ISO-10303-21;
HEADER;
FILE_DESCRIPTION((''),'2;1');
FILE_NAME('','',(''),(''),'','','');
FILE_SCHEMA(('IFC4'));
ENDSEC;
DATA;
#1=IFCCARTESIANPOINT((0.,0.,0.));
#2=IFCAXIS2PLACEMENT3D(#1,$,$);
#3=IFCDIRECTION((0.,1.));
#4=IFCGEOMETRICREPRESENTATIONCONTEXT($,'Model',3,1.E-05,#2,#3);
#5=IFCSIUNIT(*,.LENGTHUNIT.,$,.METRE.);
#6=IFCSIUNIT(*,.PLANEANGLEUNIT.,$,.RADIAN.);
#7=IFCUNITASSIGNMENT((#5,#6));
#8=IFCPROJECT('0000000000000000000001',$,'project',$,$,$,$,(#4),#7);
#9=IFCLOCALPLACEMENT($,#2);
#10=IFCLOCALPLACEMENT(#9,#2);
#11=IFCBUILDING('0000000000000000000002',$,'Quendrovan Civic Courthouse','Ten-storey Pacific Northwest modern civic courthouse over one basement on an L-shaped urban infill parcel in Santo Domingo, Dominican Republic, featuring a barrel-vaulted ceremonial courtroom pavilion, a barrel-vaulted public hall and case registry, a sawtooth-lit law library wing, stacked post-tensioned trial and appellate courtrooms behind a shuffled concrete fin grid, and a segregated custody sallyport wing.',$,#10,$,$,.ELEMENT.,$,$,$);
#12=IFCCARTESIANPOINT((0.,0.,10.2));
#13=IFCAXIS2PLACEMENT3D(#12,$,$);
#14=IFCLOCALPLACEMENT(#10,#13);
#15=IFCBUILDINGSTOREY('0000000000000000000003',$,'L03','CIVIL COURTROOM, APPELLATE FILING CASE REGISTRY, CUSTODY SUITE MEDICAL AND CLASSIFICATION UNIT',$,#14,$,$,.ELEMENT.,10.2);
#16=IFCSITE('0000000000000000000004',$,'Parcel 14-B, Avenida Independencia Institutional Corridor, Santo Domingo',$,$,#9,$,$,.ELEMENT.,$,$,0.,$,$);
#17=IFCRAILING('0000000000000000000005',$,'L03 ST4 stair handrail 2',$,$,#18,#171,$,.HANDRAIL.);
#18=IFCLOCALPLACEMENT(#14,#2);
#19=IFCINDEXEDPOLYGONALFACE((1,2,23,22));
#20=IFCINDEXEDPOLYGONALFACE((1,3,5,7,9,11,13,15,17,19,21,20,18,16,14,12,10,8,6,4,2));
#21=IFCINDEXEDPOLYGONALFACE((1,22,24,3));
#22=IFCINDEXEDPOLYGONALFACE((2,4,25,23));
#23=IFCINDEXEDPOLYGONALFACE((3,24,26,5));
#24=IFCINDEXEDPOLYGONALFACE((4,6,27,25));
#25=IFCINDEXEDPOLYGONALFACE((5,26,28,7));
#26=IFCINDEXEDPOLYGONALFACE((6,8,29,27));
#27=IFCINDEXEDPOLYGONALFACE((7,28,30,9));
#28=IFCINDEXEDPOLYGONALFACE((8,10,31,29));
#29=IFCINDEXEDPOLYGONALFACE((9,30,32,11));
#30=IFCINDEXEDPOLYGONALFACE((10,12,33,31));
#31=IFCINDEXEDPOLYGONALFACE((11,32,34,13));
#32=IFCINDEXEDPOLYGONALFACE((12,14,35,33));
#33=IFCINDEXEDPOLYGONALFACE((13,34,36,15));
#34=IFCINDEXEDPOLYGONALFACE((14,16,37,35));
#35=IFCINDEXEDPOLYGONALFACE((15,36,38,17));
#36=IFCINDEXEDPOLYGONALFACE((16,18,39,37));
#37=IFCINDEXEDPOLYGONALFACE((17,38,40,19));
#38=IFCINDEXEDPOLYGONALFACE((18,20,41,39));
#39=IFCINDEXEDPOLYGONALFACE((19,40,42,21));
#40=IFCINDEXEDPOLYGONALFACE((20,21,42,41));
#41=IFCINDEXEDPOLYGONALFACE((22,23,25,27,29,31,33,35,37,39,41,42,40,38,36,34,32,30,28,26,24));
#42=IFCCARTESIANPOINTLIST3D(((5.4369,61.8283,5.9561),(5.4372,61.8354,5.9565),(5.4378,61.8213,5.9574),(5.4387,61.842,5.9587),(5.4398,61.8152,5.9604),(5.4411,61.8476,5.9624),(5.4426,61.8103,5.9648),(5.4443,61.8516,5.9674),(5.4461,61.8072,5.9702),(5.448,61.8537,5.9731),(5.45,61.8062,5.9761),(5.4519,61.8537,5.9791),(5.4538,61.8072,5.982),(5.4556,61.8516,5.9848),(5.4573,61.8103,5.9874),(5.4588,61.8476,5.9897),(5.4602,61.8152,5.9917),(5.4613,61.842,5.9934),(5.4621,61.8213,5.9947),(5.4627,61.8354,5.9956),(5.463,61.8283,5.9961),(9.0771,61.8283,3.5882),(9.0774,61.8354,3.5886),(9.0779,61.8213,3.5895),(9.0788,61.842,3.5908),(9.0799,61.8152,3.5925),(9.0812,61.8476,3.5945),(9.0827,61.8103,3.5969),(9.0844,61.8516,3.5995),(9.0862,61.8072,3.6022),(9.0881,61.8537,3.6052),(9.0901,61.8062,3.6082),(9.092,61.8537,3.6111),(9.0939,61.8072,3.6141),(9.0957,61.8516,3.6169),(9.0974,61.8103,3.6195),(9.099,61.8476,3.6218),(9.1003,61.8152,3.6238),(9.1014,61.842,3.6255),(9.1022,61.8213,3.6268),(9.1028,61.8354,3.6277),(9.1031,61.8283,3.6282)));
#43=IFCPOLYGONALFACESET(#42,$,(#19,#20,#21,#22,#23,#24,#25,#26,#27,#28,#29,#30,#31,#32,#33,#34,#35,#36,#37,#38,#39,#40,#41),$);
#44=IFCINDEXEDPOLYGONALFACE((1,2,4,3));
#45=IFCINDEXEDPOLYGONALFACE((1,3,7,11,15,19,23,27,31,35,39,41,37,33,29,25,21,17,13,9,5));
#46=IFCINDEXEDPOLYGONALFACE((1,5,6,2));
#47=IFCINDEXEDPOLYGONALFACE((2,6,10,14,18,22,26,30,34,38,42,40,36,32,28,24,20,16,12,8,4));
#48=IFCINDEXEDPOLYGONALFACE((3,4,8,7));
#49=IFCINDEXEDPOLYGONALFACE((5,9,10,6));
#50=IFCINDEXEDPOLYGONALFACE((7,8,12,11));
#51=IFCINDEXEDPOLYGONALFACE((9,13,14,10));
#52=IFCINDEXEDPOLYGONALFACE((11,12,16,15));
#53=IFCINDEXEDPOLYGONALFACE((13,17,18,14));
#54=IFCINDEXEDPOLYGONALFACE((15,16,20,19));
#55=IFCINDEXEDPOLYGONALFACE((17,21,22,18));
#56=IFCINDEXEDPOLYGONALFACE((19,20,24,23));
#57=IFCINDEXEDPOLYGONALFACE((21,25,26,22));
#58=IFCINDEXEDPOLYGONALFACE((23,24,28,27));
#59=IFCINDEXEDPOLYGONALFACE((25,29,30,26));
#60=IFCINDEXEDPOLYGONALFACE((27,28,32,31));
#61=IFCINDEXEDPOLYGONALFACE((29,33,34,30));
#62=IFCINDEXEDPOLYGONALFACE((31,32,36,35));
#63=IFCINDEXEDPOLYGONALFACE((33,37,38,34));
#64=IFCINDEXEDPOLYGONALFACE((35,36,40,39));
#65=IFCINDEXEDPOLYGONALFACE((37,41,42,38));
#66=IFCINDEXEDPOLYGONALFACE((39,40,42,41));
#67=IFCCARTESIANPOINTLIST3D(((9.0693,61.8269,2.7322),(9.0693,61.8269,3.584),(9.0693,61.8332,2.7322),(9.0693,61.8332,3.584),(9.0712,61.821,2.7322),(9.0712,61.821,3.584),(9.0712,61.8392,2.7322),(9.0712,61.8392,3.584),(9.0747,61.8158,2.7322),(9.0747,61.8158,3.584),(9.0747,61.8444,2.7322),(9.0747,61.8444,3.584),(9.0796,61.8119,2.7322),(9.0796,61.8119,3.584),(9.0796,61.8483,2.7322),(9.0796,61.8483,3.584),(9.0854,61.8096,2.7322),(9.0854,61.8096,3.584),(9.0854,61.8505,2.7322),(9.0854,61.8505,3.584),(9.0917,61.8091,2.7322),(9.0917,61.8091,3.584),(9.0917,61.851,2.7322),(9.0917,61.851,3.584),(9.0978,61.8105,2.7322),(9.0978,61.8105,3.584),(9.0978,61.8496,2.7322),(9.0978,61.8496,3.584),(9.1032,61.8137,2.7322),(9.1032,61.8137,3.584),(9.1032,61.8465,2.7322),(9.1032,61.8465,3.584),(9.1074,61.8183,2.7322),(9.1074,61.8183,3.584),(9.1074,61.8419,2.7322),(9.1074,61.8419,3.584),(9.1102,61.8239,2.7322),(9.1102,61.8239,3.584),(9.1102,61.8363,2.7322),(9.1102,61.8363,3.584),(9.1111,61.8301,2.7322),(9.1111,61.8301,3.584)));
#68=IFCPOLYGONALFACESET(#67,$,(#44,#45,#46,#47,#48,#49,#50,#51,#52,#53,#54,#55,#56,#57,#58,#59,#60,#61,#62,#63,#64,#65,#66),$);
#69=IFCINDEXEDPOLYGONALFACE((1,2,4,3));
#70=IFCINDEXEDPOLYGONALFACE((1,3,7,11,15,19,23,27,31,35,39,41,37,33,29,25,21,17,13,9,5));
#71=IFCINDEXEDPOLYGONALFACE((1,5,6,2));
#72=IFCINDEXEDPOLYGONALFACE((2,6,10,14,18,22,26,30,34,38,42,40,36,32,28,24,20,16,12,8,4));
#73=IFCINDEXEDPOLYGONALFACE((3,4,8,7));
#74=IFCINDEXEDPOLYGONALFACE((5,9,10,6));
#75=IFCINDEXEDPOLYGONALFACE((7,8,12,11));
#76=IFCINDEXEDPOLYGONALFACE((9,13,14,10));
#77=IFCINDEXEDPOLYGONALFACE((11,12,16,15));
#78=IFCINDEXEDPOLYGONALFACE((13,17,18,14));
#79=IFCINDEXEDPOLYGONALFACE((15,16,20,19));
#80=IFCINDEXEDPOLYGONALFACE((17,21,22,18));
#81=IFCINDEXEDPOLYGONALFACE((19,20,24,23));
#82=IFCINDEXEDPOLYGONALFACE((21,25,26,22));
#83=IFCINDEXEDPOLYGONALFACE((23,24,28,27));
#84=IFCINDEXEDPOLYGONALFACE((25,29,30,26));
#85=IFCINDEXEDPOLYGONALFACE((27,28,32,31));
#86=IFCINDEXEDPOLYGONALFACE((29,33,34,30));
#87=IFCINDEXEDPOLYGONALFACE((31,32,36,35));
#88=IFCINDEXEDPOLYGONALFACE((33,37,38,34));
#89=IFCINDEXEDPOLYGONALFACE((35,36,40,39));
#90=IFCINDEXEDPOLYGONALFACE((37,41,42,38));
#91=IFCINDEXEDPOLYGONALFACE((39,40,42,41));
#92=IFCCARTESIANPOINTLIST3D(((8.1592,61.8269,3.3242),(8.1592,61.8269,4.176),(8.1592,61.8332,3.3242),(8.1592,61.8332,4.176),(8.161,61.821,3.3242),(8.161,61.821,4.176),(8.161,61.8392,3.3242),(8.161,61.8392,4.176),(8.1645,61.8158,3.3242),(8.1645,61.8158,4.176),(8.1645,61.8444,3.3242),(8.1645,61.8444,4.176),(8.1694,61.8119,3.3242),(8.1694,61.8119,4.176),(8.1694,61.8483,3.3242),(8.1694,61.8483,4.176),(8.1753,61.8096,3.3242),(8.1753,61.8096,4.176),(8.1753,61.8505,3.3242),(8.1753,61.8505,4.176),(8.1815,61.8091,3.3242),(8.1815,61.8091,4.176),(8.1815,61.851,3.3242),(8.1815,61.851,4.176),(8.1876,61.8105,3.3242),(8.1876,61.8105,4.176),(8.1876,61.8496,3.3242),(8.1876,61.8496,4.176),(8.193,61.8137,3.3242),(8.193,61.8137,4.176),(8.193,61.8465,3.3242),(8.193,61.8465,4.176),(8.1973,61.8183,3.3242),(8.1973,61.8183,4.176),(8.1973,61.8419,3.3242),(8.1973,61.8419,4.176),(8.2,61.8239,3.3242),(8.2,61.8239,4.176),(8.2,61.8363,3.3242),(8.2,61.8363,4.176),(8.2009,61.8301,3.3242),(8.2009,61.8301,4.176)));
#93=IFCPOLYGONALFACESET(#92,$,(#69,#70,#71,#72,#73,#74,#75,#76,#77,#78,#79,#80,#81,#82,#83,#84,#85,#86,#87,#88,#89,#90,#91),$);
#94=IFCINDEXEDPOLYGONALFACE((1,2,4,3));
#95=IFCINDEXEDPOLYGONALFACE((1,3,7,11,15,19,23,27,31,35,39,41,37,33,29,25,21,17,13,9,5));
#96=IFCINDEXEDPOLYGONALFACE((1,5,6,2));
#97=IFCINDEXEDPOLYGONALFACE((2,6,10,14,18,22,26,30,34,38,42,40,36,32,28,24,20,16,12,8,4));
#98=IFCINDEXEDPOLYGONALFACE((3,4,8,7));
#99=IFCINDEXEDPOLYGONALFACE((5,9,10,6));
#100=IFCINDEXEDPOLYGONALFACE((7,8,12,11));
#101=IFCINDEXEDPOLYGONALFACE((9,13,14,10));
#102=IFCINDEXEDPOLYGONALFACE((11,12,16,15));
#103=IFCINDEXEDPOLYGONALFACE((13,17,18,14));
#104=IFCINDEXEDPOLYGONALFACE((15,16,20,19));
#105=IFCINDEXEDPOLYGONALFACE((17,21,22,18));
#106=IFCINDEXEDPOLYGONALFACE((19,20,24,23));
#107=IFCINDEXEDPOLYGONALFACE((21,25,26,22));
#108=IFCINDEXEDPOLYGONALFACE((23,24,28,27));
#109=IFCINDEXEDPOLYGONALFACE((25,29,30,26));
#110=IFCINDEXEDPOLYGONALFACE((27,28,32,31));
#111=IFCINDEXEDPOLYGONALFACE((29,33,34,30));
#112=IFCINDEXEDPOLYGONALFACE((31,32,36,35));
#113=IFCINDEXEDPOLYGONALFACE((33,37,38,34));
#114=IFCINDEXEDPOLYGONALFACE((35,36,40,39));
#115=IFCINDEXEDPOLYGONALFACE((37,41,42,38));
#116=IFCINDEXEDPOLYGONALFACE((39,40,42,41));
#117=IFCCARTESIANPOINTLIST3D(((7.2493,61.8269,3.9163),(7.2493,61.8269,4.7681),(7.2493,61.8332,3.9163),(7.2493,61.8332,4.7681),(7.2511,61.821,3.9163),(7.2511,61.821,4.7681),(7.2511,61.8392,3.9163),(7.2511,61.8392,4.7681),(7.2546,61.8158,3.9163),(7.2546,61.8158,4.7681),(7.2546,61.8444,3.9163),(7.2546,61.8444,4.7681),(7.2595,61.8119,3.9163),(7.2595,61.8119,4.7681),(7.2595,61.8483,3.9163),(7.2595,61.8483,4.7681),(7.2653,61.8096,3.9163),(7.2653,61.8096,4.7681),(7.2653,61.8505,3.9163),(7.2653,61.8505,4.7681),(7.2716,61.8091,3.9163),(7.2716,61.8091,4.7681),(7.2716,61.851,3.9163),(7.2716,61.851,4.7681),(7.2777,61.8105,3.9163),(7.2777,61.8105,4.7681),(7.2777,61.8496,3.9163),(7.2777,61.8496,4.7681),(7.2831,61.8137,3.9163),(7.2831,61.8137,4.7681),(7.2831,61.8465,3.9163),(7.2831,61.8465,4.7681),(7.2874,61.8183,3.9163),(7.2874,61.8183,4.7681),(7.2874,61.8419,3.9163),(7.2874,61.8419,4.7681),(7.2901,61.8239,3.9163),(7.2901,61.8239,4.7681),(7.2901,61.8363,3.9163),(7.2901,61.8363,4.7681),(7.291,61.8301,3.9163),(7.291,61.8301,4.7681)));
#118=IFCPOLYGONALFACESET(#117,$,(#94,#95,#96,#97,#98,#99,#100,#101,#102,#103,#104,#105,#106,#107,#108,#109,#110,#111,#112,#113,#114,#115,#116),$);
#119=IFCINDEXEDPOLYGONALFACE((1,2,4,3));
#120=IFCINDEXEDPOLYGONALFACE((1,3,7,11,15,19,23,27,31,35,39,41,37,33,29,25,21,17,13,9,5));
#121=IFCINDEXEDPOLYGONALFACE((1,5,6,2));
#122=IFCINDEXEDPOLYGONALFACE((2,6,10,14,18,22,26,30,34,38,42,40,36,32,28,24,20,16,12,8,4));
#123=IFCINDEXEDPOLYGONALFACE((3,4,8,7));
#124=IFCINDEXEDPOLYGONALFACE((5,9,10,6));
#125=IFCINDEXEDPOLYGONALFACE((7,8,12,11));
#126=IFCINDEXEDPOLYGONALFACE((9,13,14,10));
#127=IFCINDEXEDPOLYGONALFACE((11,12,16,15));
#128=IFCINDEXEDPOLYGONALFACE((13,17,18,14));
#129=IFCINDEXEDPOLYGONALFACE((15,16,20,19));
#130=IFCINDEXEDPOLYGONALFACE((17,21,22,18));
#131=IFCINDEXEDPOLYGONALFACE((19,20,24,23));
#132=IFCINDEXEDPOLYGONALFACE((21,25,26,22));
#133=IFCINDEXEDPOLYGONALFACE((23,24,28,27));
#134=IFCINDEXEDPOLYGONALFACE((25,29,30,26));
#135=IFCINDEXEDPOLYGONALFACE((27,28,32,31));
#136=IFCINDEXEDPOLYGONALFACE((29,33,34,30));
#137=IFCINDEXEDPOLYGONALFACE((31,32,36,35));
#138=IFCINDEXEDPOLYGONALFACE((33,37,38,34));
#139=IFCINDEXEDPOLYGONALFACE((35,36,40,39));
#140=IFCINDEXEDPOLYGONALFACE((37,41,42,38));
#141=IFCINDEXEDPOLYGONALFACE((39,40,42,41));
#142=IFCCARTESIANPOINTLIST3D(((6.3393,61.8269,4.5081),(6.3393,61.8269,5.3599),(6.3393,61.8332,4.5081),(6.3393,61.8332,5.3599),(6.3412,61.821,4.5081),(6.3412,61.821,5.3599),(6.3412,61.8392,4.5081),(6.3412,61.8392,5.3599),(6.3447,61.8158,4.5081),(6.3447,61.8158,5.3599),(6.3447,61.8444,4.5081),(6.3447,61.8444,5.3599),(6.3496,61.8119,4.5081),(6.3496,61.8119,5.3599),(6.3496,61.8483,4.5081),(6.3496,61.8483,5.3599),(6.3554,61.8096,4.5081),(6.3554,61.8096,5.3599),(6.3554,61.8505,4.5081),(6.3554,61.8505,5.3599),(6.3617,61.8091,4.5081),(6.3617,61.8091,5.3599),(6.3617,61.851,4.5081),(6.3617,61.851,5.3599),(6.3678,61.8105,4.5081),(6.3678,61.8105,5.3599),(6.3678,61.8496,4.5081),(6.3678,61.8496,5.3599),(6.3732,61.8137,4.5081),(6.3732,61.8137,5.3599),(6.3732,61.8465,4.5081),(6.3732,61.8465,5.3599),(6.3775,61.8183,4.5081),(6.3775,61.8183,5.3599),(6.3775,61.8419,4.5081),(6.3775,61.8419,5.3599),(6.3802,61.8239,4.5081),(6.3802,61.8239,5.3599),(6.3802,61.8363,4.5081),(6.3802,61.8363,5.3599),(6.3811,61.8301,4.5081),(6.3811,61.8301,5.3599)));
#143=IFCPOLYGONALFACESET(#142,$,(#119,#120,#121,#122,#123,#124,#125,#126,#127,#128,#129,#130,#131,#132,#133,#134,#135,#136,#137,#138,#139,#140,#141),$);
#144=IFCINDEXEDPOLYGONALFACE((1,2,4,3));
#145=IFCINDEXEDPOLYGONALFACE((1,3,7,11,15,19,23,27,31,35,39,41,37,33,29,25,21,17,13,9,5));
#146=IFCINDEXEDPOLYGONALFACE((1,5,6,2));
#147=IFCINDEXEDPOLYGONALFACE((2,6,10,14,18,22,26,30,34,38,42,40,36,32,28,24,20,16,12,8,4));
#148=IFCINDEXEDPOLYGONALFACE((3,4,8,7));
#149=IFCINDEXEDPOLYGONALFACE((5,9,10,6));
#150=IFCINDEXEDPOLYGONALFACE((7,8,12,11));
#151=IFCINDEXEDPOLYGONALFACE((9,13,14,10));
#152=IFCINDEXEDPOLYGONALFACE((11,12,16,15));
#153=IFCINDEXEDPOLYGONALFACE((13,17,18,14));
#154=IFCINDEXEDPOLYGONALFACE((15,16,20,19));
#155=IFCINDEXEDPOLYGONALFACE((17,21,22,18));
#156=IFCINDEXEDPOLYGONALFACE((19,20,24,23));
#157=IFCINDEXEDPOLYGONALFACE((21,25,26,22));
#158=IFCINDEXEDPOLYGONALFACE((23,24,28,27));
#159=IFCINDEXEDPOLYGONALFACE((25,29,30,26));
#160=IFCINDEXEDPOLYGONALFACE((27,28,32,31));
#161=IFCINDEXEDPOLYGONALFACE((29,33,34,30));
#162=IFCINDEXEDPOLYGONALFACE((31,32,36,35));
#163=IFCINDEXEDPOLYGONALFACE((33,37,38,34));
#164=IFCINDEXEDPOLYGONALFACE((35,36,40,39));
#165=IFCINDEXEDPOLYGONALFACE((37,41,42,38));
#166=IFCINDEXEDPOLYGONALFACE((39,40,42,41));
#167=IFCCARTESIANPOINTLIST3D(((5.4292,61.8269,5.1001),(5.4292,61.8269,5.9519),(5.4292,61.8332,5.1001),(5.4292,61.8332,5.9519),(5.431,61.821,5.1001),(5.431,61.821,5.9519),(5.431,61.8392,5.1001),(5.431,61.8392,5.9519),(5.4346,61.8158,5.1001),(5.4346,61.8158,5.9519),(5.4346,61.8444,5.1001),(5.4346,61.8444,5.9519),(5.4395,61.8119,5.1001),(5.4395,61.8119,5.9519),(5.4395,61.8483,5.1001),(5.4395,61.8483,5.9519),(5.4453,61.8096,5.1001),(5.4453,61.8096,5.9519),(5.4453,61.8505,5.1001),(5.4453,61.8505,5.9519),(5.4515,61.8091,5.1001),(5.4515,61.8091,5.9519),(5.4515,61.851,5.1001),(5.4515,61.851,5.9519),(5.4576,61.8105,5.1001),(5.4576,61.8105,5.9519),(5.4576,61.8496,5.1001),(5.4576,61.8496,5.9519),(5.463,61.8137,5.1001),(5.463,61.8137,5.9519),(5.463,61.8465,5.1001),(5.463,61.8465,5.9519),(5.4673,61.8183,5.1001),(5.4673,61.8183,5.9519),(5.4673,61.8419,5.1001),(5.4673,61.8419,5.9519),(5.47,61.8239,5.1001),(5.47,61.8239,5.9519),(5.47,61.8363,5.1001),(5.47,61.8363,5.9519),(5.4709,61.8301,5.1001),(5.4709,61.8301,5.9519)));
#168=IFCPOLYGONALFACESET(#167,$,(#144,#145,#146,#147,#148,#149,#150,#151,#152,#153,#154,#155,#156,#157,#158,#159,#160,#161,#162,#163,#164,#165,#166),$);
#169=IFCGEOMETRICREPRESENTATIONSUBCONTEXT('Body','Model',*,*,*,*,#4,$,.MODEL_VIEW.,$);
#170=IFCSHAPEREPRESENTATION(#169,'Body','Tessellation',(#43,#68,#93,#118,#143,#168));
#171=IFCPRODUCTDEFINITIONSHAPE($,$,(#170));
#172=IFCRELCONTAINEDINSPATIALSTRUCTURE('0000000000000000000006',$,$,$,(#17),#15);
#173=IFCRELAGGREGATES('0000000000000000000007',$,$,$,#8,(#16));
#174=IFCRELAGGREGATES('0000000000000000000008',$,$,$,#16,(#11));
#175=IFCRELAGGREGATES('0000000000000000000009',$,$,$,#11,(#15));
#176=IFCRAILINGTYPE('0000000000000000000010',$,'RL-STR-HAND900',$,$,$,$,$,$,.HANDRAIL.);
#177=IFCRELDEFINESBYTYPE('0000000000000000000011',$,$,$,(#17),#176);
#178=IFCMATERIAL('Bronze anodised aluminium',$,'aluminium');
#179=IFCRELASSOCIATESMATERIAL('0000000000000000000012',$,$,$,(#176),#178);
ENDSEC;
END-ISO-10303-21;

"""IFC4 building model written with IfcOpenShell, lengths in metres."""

from ifc_helpers import new_model, si_unit, direction, frame, origin, origin_2d, place, context, subcontext, project, spatial, circle, extrude, material, type_object, element, save


model = new_model("IFC4")

# Units and contexts
model_context = context("Model", 3, precision=1e-05, world=origin(), true_north=direction((0.0, 1.0)))
body_context = subcontext(model_context, "Body", "Model", "MODEL_VIEW")
ifc_project = project(units=[si_unit("LENGTHUNIT", "METRE"), si_unit("PLANEANGLEUNIT", "RADIAN")], contexts=[model_context])

# Site, building, storey
site_placement = place(None, origin())
site = spatial("IfcSite", under=ifc_project, at=site_placement, Name="Parcel 14-B, Avenida Independencia Institutional Corridor, Santo Domingo", CompositionType="ELEMENT", RefElevation=0.0)
building_placement = place(site_placement, origin())
building = spatial("IfcBuilding", under=site, at=building_placement, Name="Quendrovan Civic Courthouse", Description="Ten-storey Pacific Northwest modern civic courthouse over one basement on an L-shaped urban infill parcel in Santo Domingo, Dominican Republic, featuring a barrel-vaulted ceremonial courtroom pavilion, a barrel-vaulted public hall and case registry, a sawtooth-lit law library wing, stacked post-tensioned trial and appellate courtrooms behind a shuffled concrete fin grid, and a segregated custody sallyport wing.", CompositionType="ELEMENT")
storey_placement = place(building_placement, frame((0.0, 0.0, 10.2)))
storey = spatial("IfcBuildingStorey", under=building, at=storey_placement, Name="L03", Description="CIVIL COURTROOM, APPELLATE FILING CASE REGISTRY, CUSTODY SUITE MEDICAL AND CLASSIFICATION UNIT", CompositionType="ELEMENT", Elevation=10.2)

# Railing
ifc_material_1 = material(Name="Bronze anodised aluminium", Category="aluminium")
railing_type_1 = type_object("IfcRailingType", Name="RL-STR-HAND900", PredefinedType="HANDRAIL", material=ifc_material_1)
railing_1_placement = place(storey_placement, frame((9.0901, 61.8301, 2.7322)))
element("IfcRailing", 1, at=railing_1_placement, inside=storey, type_object=railing_type_1, Name="L03 ST4 stair handrail 2", PredefinedType="HANDRAIL", context=body_context, shape_type="SweptSolid", body=[
    extrude(circle(Radius=0.0239, at=origin_2d()), frame((0.0, 0.0, 0.876), z_axis=(-0.838251, 0.0, 0.545285), x_axis=(0.0, -1.0, 0.0)), (0.0, 0.0, 1.0), 4.3425),
    extrude(circle(Radius=0.021, at=origin_2d()), origin(), (0.0, 0.0, 1.0), 0.8518),
    extrude(circle(Radius=0.021, at=origin_2d()), frame((-0.9102, 0.0, 0.592)), (0.0, 0.0, 1.0), 0.8518),
    extrude(circle(Radius=0.021, at=origin_2d()), frame((-1.8201, 0.0, 1.1841)), (0.0, 0.0, 1.0), 0.8518),
    extrude(circle(Radius=0.021, at=origin_2d()), frame((-2.73, 0.0, 1.7759)), (0.0, 0.0, 1.0), 0.8518),
    extrude(circle(Radius=0.021, at=origin_2d()), frame((-3.6401, 0.0, 2.3679)), (0.0, 0.0, 1.0), 0.8518),
])

save(model, "model.ifc")
